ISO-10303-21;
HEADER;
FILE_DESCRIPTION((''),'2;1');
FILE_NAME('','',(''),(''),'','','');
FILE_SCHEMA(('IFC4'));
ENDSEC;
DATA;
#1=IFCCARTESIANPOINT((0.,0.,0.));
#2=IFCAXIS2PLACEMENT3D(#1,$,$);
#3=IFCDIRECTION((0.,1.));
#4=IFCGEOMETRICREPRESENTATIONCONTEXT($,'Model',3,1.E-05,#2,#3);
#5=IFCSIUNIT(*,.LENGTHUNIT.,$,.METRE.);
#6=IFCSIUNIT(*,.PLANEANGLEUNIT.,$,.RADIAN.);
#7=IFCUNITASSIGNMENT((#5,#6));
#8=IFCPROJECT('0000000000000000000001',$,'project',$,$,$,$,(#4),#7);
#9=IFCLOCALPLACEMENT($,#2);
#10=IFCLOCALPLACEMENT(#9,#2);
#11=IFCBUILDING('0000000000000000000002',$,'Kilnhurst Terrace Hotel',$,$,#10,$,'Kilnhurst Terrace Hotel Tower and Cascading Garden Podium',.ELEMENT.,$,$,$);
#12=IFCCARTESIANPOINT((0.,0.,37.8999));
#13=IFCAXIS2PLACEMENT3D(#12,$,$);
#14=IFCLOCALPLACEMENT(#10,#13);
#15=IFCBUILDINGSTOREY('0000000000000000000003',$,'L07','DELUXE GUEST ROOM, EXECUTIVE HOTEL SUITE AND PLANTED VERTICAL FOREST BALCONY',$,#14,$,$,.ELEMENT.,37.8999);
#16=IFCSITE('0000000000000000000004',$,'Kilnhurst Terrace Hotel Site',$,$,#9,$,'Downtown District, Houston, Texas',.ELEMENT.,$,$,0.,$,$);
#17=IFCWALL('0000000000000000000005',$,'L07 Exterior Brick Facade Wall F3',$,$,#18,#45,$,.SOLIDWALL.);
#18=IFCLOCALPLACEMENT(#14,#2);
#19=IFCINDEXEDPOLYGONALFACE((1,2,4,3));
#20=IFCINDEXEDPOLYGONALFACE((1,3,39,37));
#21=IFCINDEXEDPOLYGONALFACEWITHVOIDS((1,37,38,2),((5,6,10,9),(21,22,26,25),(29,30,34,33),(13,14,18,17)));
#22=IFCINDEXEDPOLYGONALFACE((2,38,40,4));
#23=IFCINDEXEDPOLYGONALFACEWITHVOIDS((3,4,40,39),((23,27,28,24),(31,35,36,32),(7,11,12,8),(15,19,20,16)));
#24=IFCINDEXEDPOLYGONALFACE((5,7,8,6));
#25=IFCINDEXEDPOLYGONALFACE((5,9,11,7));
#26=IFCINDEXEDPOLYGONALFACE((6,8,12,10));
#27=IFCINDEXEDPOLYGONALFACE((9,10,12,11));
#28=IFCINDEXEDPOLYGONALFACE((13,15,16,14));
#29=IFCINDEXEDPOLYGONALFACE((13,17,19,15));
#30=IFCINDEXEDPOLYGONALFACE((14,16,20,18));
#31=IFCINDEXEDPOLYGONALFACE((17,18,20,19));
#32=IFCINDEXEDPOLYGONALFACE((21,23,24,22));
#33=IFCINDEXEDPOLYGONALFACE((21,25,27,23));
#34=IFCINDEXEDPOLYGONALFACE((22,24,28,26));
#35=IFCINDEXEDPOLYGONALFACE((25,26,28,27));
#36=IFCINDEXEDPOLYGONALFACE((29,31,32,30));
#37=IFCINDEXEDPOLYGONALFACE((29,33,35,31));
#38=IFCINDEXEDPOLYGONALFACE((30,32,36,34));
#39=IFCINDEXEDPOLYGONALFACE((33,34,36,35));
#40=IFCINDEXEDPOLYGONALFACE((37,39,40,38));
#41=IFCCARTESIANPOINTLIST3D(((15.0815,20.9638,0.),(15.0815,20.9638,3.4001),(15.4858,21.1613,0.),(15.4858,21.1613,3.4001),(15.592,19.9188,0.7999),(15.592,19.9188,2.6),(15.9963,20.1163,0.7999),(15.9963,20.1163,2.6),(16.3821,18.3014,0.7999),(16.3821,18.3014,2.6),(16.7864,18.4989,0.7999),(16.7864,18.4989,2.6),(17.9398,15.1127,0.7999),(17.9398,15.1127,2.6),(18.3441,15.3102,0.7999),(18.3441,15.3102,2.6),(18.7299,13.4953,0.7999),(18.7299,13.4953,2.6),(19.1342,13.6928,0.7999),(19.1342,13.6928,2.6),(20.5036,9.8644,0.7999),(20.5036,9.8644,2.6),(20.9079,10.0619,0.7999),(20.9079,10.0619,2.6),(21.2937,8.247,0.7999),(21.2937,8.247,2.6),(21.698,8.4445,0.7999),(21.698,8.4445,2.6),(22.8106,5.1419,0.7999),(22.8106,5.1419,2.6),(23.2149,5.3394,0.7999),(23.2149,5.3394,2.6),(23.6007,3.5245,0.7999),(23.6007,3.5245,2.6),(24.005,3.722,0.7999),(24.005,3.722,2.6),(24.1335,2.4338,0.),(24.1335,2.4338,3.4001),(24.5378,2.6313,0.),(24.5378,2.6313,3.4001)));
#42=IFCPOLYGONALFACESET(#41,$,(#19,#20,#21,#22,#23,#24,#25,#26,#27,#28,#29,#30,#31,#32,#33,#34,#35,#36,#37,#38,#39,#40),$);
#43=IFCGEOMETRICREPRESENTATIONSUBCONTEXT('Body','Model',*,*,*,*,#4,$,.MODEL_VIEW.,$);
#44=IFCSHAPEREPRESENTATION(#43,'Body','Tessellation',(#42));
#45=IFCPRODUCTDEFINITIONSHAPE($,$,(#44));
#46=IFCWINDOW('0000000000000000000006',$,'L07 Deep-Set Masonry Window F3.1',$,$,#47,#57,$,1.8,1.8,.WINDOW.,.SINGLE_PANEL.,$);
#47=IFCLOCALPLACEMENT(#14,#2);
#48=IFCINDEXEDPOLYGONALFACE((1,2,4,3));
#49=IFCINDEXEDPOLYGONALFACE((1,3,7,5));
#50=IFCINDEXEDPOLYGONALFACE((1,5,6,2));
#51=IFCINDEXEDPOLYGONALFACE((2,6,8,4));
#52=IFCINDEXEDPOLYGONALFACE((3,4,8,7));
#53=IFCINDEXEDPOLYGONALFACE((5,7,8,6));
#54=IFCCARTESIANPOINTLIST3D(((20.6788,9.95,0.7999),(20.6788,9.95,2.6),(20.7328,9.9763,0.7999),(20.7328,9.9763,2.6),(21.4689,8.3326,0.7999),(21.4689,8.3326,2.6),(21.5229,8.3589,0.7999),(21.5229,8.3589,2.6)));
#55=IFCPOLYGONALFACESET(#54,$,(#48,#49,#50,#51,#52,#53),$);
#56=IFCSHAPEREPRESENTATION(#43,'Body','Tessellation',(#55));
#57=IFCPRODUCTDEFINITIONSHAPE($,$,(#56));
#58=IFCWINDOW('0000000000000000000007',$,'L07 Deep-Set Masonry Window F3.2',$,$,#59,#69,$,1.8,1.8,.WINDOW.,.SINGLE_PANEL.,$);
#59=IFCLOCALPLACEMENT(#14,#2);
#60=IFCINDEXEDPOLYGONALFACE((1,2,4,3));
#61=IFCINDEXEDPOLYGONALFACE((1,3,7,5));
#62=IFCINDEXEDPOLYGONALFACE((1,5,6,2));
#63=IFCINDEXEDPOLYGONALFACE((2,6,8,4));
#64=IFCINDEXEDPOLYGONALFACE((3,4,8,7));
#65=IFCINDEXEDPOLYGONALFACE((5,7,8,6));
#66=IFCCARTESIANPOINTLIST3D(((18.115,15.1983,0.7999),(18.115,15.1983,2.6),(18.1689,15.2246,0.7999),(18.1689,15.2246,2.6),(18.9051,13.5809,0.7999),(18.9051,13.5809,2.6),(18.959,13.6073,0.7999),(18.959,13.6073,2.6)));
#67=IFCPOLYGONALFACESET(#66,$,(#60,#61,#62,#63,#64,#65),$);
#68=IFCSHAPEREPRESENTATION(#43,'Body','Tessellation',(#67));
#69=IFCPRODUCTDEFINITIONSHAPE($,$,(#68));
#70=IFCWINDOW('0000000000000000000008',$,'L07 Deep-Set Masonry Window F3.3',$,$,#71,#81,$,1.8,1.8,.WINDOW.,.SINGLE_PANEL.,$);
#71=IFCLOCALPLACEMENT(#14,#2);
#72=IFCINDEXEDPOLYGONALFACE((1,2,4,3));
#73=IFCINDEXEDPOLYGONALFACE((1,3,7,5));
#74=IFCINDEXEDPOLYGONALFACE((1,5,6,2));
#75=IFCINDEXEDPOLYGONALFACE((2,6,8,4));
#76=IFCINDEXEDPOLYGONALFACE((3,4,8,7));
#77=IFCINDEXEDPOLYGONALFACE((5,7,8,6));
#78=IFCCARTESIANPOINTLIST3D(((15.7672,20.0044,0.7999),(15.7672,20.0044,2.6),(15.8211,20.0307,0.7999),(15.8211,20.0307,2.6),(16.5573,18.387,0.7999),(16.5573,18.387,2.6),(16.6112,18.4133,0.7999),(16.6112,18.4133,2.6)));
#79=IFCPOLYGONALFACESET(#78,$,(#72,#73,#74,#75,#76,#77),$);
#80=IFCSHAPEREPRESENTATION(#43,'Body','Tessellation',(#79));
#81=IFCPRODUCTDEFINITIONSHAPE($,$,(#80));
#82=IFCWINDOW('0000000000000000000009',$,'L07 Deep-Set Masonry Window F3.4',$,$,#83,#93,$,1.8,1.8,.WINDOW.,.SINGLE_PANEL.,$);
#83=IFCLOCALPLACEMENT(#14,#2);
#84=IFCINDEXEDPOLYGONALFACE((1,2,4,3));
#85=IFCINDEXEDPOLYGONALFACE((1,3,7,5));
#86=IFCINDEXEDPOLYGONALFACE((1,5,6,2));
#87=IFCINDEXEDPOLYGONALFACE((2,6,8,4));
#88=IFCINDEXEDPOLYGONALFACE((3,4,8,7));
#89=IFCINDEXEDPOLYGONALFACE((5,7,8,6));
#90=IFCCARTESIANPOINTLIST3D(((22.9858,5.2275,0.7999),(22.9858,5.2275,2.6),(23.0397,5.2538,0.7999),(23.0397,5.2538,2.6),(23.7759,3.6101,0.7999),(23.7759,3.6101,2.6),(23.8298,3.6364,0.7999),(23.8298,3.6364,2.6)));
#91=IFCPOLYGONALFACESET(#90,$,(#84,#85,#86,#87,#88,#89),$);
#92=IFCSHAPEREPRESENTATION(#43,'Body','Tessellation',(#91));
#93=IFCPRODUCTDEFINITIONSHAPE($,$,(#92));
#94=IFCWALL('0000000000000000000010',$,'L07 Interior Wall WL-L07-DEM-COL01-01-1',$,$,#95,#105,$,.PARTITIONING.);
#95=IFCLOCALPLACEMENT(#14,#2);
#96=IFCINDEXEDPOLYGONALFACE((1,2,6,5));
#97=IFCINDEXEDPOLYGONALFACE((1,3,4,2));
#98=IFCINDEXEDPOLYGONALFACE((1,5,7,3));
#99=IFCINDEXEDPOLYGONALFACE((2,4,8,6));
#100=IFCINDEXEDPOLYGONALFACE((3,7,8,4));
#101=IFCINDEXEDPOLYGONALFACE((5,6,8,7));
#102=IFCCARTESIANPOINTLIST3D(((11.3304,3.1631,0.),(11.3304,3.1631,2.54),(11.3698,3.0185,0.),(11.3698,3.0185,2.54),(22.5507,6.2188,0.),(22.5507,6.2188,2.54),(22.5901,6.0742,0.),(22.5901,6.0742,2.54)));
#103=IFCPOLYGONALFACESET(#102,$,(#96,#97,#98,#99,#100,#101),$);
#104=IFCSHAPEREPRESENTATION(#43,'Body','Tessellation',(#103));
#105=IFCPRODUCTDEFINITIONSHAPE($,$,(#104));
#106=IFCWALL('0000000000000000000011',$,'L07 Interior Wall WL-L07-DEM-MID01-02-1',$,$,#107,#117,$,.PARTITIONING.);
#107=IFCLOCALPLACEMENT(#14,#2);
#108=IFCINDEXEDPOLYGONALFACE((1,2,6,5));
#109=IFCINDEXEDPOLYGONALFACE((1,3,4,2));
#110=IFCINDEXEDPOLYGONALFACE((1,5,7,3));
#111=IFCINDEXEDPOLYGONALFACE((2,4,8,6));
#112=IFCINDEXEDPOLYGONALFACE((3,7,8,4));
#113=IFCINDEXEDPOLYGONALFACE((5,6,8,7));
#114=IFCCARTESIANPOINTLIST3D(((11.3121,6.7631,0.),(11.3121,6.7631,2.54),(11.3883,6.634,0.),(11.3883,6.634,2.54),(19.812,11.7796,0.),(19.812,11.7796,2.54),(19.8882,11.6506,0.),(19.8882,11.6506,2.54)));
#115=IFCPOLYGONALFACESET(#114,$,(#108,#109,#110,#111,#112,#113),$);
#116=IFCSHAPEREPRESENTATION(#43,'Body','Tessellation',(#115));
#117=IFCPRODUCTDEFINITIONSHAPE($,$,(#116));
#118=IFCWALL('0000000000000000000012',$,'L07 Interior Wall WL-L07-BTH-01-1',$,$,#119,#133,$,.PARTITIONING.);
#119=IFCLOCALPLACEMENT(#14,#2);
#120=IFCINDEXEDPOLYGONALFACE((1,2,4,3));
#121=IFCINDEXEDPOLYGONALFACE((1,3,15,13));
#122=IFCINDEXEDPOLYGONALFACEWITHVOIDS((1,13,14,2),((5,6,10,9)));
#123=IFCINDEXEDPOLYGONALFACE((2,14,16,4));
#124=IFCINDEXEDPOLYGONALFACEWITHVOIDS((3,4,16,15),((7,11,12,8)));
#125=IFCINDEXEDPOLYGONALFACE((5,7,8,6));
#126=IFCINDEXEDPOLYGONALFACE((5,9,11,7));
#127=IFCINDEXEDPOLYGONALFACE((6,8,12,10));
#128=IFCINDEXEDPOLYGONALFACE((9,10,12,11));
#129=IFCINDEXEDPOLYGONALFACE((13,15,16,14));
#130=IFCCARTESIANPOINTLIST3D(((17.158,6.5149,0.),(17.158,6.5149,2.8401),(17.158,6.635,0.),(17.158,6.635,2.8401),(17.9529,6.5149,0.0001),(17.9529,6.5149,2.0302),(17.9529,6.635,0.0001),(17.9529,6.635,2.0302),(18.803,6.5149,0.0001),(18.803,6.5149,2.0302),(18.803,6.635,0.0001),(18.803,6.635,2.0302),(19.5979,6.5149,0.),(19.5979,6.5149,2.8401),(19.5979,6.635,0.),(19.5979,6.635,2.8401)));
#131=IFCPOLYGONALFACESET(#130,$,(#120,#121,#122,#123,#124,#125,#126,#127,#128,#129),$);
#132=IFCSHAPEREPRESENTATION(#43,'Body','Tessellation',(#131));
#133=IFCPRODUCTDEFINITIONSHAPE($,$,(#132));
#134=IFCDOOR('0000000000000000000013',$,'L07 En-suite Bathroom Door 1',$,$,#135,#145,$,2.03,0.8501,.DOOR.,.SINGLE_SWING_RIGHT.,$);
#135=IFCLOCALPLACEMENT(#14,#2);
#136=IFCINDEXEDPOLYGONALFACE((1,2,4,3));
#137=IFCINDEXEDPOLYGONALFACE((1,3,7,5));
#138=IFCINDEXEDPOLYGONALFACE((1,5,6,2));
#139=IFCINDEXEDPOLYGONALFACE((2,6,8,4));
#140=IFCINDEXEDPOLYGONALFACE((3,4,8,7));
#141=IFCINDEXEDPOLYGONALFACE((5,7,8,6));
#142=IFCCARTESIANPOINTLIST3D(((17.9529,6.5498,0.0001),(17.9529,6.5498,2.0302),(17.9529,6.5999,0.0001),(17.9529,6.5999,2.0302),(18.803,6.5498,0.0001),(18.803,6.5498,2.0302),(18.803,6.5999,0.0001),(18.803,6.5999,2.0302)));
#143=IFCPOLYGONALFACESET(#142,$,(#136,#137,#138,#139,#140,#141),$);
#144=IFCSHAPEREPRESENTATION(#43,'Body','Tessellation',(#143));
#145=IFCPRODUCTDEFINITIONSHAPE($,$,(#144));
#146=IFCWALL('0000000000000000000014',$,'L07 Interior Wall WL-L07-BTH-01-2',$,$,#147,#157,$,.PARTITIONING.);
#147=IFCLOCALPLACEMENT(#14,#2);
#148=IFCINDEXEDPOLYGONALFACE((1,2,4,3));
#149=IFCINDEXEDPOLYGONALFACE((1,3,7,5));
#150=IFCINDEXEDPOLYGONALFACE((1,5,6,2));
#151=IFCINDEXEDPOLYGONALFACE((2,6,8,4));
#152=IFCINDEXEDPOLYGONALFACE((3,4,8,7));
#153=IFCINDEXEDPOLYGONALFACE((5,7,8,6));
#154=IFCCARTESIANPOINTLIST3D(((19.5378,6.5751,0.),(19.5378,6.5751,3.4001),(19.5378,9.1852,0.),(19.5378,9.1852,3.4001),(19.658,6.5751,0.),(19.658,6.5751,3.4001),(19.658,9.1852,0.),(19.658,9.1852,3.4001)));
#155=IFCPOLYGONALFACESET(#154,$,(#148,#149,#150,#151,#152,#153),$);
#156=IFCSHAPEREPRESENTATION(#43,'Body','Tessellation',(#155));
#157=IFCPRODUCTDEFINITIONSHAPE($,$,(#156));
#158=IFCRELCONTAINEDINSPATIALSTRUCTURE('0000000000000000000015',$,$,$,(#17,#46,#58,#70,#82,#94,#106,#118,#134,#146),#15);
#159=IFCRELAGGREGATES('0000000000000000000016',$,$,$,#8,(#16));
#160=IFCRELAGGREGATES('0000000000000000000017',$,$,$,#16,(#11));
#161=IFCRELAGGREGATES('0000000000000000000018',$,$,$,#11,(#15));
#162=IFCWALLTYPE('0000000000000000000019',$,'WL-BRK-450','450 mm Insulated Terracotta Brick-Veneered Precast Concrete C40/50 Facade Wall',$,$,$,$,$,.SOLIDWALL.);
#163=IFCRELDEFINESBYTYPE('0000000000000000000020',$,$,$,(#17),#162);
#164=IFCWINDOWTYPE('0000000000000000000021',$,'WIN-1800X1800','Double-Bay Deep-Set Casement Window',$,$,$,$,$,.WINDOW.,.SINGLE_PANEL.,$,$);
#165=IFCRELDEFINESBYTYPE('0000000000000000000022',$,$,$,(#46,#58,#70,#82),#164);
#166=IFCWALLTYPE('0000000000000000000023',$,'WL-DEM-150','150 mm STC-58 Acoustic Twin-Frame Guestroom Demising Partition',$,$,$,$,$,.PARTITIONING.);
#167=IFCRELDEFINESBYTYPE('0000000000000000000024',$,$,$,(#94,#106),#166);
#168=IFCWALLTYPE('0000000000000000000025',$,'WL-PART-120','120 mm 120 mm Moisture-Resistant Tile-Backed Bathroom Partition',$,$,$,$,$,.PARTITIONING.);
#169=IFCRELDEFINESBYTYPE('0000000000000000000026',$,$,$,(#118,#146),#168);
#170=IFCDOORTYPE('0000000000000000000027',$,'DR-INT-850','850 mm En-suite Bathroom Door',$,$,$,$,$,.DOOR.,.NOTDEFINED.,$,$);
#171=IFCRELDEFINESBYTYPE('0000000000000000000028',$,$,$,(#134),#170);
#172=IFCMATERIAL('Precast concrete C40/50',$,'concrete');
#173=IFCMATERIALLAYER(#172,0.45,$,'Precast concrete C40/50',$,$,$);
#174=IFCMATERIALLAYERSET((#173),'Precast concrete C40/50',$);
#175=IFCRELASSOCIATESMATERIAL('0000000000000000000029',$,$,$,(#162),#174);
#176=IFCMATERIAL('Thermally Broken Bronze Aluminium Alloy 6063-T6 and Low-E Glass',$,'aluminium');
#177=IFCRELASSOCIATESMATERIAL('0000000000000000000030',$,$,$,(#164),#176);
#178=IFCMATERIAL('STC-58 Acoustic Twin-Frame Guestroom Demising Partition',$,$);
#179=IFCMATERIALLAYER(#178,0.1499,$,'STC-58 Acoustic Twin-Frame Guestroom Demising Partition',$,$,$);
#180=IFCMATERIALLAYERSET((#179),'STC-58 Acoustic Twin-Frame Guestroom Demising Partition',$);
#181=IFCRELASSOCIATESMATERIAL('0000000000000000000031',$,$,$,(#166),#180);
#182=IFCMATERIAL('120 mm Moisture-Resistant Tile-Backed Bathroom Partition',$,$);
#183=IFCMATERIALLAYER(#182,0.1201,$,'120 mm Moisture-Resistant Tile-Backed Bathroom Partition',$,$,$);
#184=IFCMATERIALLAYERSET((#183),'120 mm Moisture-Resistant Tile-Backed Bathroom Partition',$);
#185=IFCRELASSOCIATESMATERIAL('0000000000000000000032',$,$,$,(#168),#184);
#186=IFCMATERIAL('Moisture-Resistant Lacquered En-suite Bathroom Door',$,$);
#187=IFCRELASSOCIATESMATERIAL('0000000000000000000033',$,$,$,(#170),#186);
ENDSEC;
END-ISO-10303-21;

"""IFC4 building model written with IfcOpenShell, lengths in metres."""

from ifc_helpers import new_model, si_unit, direction, frame, frame_2d, origin, place, context, subcontext, project, spatial, rectangle, extrude, material, layer, layer_set, type_object, element, fill, save


model = new_model("IFC4")

# Units and contexts
model_context = context("Model", 3, precision=1e-05, world=origin(), true_north=direction((0.0, 1.0)))
body_context = subcontext(model_context, "Body", "Model", "MODEL_VIEW")
ifc_project = project(units=[si_unit("LENGTHUNIT", "METRE"), si_unit("PLANEANGLEUNIT", "RADIAN")], contexts=[model_context])

# Site, building, storey
site_placement = place(None, origin())
site = spatial("IfcSite", under=ifc_project, at=site_placement, Name="Kilnhurst Terrace Hotel Site", LongName="Downtown District, Houston, Texas", CompositionType="ELEMENT", RefElevation=0.0)
building_placement = place(site_placement, origin())
building = spatial("IfcBuilding", under=site, at=building_placement, Name="Kilnhurst Terrace Hotel", LongName="Kilnhurst Terrace Hotel Tower and Cascading Garden Podium", CompositionType="ELEMENT")
storey_placement = place(building_placement, frame((0.0, 0.0, 37.8999)))
storey = spatial("IfcBuildingStorey", under=building, at=storey_placement, Name="L07", Description="DELUXE GUEST ROOM, EXECUTIVE HOTEL SUITE AND PLANTED VERTICAL FOREST BALCONY", CompositionType="ELEMENT", Elevation=37.8999)

# Shared definitions
ifc_material_1 = material(Name="Precast concrete C40/50", Category="concrete")
ifc_layer_1 = layer(ifc_material_1, 0.45, Name="Precast concrete C40/50")
ifc_layer_set_1 = layer_set([ifc_layer_1], Name="Precast concrete C40/50")
wall_type_1 = type_object("IfcWallType", Name="WL-BRK-450", Description="450 mm Insulated Terracotta Brick-Veneered Precast Concrete C40/50 Facade Wall", PredefinedType="SOLIDWALL", material=ifc_layer_set_1)

# Wall, openings, windows
wall_1_placement = place(storey_placement, frame((24.3357, 2.5325, 0.0), z_axis=(0.0, 0.0, 1.0), x_axis=(-0.438931, 0.898521, 0.0)))
wall_1 = element("IfcWall", 1, at=wall_1_placement, inside=storey, type_object=wall_type_1, Name="L07 Exterior Brick Facade Wall F3", PredefinedType="SOLIDWALL", context=body_context, shape_type="SweptSolid", body=[
    extrude(rectangle(XDim=20.6228, YDim=0.45, at=frame_2d((10.3115, 0.0))), origin(), (0.0, 0.0, 1.0), 3.4001),
])
opening_1_placement = place(wall_1_placement, frame((6.47, 0.0, 0.8)))
opening_1 = element("IfcOpeningElement", 2, at=opening_1_placement, cuts=wall_1, PredefinedType="OPENING", context=body_context, shape_type="SweptSolid", body=[
    extrude(rectangle(XDim=1.8, YDim=1.8, at=frame_2d((0.8999, 0.8999))), frame((0.0, 0.2349, 0.0), z_axis=(0.0, -1.0, 0.0), x_axis=(1.0, 0.0, 0.0)), (0.0, 0.0, 1.0), 0.47),
])
opening_2_placement = place(wall_1_placement, frame((12.311, 0.0, 0.8)))
opening_2 = element("IfcOpeningElement", 3, at=opening_2_placement, cuts=wall_1, PredefinedType="OPENING", context=body_context, shape_type="SweptSolid", body=[
    extrude(rectangle(XDim=1.8, YDim=1.8, at=frame_2d((0.8999, 0.8999))), frame((0.0, 0.2349, 0.0), z_axis=(0.0, -1.0, 0.0), x_axis=(1.0, 0.0, 0.0)), (0.0, 0.0, 1.0), 0.47),
])
opening_3_placement = place(wall_1_placement, frame((17.6599, 0.0, 0.8)))
opening_3 = element("IfcOpeningElement", 4, at=opening_3_placement, cuts=wall_1, PredefinedType="OPENING", context=body_context, shape_type="SweptSolid", body=[
    extrude(rectangle(XDim=1.8, YDim=1.8, at=frame_2d((0.8999, 0.8999))), frame((0.0, 0.2349, 0.0), z_axis=(0.0, -1.0, 0.0), x_axis=(1.0, 0.0, 0.0)), (0.0, 0.0, 1.0), 0.47),
])
opening_4_placement = place(wall_1_placement, frame((1.2141, 0.0, 0.8)))
opening_4 = element("IfcOpeningElement", 5, at=opening_4_placement, cuts=wall_1, PredefinedType="OPENING", context=body_context, shape_type="SweptSolid", body=[
    extrude(rectangle(XDim=1.8, YDim=1.8, at=frame_2d((0.8999, 0.8999))), frame((0.0, 0.2349, 0.0), z_axis=(0.0, -1.0, 0.0), x_axis=(1.0, 0.0, 0.0)), (0.0, 0.0, 1.0), 0.47),
])
ifc_material_2 = material(Name="Thermally Broken Bronze Aluminium Alloy 6063-T6 and Low-E Glass", Category="aluminium")
window_type = type_object("IfcWindowType", Name="WIN-1800X1800", Description="Double-Bay Deep-Set Casement Window", PartitioningType="SINGLE_PANEL", PredefinedType="WINDOW", material=ifc_material_2)
window_1_placement = place(opening_1_placement, origin())
window_1 = element("IfcWindow", 6, at=window_1_placement, inside=storey, type_object=window_type, Name="L07 Deep-Set Masonry Window F3.1", OverallHeight=1.8, OverallWidth=1.8, PartitioningType="SINGLE_PANEL", PredefinedType="WINDOW", context=body_context, shape_type="SweptSolid", body=[
    extrude(rectangle(XDim=1.8, YDim=1.8, at=frame_2d((0.8999, 0.8999))), frame((0.0, 0.03, 0.0), z_axis=(0.0, -1.0, 0.0), x_axis=(1.0, 0.0, 0.0)), (0.0, 0.0, 1.0), 0.0601),
])
fill(opening_1, window_1)
window_2_placement = place(opening_2_placement, origin())
window_2 = element("IfcWindow", 7, at=window_2_placement, inside=storey, type_object=window_type, Name="L07 Deep-Set Masonry Window F3.2", OverallHeight=1.8, OverallWidth=1.8, PartitioningType="SINGLE_PANEL", PredefinedType="WINDOW", context=body_context, shape_type="SweptSolid", body=[
    extrude(rectangle(XDim=1.8, YDim=1.8, at=frame_2d((0.8999, 0.8999))), frame((0.0, 0.03, 0.0), z_axis=(0.0, -1.0, 0.0), x_axis=(1.0, 0.0, 0.0)), (0.0, 0.0, 1.0), 0.0601),
])
fill(opening_2, window_2)
window_3_placement = place(opening_3_placement, origin())
window_3 = element("IfcWindow", 8, at=window_3_placement, inside=storey, type_object=window_type, Name="L07 Deep-Set Masonry Window F3.3", OverallHeight=1.8, OverallWidth=1.8, PartitioningType="SINGLE_PANEL", PredefinedType="WINDOW", context=body_context, shape_type="SweptSolid", body=[
    extrude(rectangle(XDim=1.8, YDim=1.8, at=frame_2d((0.8999, 0.8999))), frame((0.0, 0.03, 0.0), z_axis=(0.0, -1.0, 0.0), x_axis=(1.0, 0.0, 0.0)), (0.0, 0.0, 1.0), 0.0601),
])
fill(opening_3, window_3)
window_4_placement = place(opening_4_placement, origin())
window_4 = element("IfcWindow", 9, at=window_4_placement, inside=storey, type_object=window_type, Name="L07 Deep-Set Masonry Window F3.4", OverallHeight=1.8, OverallWidth=1.8, PartitioningType="SINGLE_PANEL", PredefinedType="WINDOW", context=body_context, shape_type="SweptSolid", body=[
    extrude(rectangle(XDim=1.8, YDim=1.8, at=frame_2d((0.8999, 0.8999))), frame((0.0, 0.03, 0.0), z_axis=(0.0, -1.0, 0.0), x_axis=(1.0, 0.0, 0.0)), (0.0, 0.0, 1.0), 0.0601),
])
fill(opening_4, window_4)

# Walls
ifc_material_3 = material(Name="STC-58 Acoustic Twin-Frame Guestroom Demising Partition")
ifc_layer_2 = layer(ifc_material_3, 0.1499, Name="STC-58 Acoustic Twin-Frame Guestroom Demising Partition")
ifc_layer_set_2 = layer_set([ifc_layer_2], Name="STC-58 Acoustic Twin-Frame Guestroom Demising Partition")
wall_type_2 = type_object("IfcWallType", Name="WL-DEM-150", Description="150 mm STC-58 Acoustic Twin-Frame Guestroom Demising Partition", PredefinedType="PARTITIONING", material=ifc_layer_set_2)
wall_2_placement = place(storey_placement, frame((11.3501, 3.0908, 0.0), z_axis=(0.0, 0.0, 1.0), x_axis=(0.96486, 0.262766, 0.0)))
element("IfcWall", 10, at=wall_2_placement, inside=storey, type_object=wall_type_2, Name="L07 Interior Wall WL-L07-DEM-COL01-01-1", PredefinedType="PARTITIONING", context=body_context, shape_type="SweptSolid", body=[
    extrude(rectangle(XDim=11.6289, YDim=0.1499, at=frame_2d((5.8145, 0.0))), origin(), (0.0, 0.0, 1.0), 2.54),
])
wall_3_placement = place(storey_placement, frame((11.3501, 6.6985, 0.0), z_axis=(0.0, 0.0, 1.0), x_axis=(0.861198, 0.508269, 0.0)))
element("IfcWall", 11, at=wall_3_placement, inside=storey, type_object=wall_type_2, Name="L07 Interior Wall WL-L07-DEM-MID01-02-1", PredefinedType="PARTITIONING", context=body_context, shape_type="SweptSolid", body=[
    extrude(rectangle(XDim=9.8699, YDim=0.1499, at=frame_2d((4.9351, 0.0))), origin(), (0.0, 0.0, 1.0), 2.54),
])

# Wall, opening, door
ifc_material_4 = material(Name="120 mm Moisture-Resistant Tile-Backed Bathroom Partition")
ifc_layer_3 = layer(ifc_material_4, 0.1201, Name="120 mm Moisture-Resistant Tile-Backed Bathroom Partition")
ifc_layer_set_3 = layer_set([ifc_layer_3], Name="120 mm Moisture-Resistant Tile-Backed Bathroom Partition")
wall_type_3 = type_object("IfcWallType", Name="WL-PART-120", Description="120 mm 120 mm Moisture-Resistant Tile-Backed Bathroom Partition", PredefinedType="PARTITIONING", material=ifc_layer_set_3)
wall_4_placement = place(storey_placement, frame((17.158, 6.575, 0.0), z_axis=(0.0, 0.0, 1.0), x_axis=(1.0, 0.0, 0.0)))
wall_4 = element("IfcWall", 12, at=wall_4_placement, inside=storey, type_object=wall_type_3, Name="L07 Interior Wall WL-L07-BTH-01-1", PredefinedType="PARTITIONING", context=body_context, shape_type="SweptSolid", body=[
    extrude(rectangle(XDim=2.4399, YDim=0.1201, at=frame_2d((1.22, 0.0))), origin(), (0.0, 0.0, 1.0), 2.8401),
])
opening_5_placement = place(wall_4_placement, frame((0.7949, 0.0, 0.0)))
opening_5 = element("IfcOpeningElement", 13, at=opening_5_placement, cuts=wall_4, PredefinedType="OPENING", context=body_context, shape_type="SweptSolid", body=[
    extrude(rectangle(XDim=0.8501, YDim=2.03, at=frame_2d((0.425, 1.0151))), frame((0.0, 0.0701, 0.0), z_axis=(0.0, -1.0, 0.0), x_axis=(1.0, 0.0, 0.0)), (0.0, 0.0, 1.0), 0.1401),
])
ifc_material_5 = material(Name="Moisture-Resistant Lacquered En-suite Bathroom Door")
door_type_1 = type_object("IfcDoorType", Name="DR-INT-850", Description="850 mm En-suite Bathroom Door", OperationType="NOTDEFINED", PredefinedType="DOOR", material=ifc_material_5)
door_1_placement = place(opening_5_placement, origin())
door_1 = element("IfcDoor", 14, at=door_1_placement, inside=storey, type_object=door_type_1, Name="L07 En-suite Bathroom Door 1", OperationType="SINGLE_SWING_RIGHT", OverallHeight=2.03, OverallWidth=0.8501, PredefinedType="DOOR", context=body_context, shape_type="SweptSolid", body=[
    extrude(rectangle(XDim=0.8501, YDim=2.03, at=frame_2d((0.425, 1.0151))), frame((0.0, 0.0249, 0.0), z_axis=(0.0, -1.0, 0.0), x_axis=(1.0, 0.0, 0.0)), (0.0, 0.0, 1.0), 0.05),
])
fill(opening_5, door_1)

# Wall
wall_5_placement = place(storey_placement, frame((19.5979, 6.575, 0.0), z_axis=(0.0, 0.0, 1.0), x_axis=(0.0, 1.0, 0.0)))
element("IfcWall", 15, at=wall_5_placement, inside=storey, type_object=wall_type_3, Name="L07 Interior Wall WL-L07-BTH-01-2", PredefinedType="PARTITIONING", context=body_context, shape_type="SweptSolid", body=[
    extrude(rectangle(XDim=2.6101, YDim=0.1201, at=frame_2d((1.3052, 0.0))), origin(), (0.0, 0.0, 1.0), 3.4001),
])

save(model, "model.ifc")
